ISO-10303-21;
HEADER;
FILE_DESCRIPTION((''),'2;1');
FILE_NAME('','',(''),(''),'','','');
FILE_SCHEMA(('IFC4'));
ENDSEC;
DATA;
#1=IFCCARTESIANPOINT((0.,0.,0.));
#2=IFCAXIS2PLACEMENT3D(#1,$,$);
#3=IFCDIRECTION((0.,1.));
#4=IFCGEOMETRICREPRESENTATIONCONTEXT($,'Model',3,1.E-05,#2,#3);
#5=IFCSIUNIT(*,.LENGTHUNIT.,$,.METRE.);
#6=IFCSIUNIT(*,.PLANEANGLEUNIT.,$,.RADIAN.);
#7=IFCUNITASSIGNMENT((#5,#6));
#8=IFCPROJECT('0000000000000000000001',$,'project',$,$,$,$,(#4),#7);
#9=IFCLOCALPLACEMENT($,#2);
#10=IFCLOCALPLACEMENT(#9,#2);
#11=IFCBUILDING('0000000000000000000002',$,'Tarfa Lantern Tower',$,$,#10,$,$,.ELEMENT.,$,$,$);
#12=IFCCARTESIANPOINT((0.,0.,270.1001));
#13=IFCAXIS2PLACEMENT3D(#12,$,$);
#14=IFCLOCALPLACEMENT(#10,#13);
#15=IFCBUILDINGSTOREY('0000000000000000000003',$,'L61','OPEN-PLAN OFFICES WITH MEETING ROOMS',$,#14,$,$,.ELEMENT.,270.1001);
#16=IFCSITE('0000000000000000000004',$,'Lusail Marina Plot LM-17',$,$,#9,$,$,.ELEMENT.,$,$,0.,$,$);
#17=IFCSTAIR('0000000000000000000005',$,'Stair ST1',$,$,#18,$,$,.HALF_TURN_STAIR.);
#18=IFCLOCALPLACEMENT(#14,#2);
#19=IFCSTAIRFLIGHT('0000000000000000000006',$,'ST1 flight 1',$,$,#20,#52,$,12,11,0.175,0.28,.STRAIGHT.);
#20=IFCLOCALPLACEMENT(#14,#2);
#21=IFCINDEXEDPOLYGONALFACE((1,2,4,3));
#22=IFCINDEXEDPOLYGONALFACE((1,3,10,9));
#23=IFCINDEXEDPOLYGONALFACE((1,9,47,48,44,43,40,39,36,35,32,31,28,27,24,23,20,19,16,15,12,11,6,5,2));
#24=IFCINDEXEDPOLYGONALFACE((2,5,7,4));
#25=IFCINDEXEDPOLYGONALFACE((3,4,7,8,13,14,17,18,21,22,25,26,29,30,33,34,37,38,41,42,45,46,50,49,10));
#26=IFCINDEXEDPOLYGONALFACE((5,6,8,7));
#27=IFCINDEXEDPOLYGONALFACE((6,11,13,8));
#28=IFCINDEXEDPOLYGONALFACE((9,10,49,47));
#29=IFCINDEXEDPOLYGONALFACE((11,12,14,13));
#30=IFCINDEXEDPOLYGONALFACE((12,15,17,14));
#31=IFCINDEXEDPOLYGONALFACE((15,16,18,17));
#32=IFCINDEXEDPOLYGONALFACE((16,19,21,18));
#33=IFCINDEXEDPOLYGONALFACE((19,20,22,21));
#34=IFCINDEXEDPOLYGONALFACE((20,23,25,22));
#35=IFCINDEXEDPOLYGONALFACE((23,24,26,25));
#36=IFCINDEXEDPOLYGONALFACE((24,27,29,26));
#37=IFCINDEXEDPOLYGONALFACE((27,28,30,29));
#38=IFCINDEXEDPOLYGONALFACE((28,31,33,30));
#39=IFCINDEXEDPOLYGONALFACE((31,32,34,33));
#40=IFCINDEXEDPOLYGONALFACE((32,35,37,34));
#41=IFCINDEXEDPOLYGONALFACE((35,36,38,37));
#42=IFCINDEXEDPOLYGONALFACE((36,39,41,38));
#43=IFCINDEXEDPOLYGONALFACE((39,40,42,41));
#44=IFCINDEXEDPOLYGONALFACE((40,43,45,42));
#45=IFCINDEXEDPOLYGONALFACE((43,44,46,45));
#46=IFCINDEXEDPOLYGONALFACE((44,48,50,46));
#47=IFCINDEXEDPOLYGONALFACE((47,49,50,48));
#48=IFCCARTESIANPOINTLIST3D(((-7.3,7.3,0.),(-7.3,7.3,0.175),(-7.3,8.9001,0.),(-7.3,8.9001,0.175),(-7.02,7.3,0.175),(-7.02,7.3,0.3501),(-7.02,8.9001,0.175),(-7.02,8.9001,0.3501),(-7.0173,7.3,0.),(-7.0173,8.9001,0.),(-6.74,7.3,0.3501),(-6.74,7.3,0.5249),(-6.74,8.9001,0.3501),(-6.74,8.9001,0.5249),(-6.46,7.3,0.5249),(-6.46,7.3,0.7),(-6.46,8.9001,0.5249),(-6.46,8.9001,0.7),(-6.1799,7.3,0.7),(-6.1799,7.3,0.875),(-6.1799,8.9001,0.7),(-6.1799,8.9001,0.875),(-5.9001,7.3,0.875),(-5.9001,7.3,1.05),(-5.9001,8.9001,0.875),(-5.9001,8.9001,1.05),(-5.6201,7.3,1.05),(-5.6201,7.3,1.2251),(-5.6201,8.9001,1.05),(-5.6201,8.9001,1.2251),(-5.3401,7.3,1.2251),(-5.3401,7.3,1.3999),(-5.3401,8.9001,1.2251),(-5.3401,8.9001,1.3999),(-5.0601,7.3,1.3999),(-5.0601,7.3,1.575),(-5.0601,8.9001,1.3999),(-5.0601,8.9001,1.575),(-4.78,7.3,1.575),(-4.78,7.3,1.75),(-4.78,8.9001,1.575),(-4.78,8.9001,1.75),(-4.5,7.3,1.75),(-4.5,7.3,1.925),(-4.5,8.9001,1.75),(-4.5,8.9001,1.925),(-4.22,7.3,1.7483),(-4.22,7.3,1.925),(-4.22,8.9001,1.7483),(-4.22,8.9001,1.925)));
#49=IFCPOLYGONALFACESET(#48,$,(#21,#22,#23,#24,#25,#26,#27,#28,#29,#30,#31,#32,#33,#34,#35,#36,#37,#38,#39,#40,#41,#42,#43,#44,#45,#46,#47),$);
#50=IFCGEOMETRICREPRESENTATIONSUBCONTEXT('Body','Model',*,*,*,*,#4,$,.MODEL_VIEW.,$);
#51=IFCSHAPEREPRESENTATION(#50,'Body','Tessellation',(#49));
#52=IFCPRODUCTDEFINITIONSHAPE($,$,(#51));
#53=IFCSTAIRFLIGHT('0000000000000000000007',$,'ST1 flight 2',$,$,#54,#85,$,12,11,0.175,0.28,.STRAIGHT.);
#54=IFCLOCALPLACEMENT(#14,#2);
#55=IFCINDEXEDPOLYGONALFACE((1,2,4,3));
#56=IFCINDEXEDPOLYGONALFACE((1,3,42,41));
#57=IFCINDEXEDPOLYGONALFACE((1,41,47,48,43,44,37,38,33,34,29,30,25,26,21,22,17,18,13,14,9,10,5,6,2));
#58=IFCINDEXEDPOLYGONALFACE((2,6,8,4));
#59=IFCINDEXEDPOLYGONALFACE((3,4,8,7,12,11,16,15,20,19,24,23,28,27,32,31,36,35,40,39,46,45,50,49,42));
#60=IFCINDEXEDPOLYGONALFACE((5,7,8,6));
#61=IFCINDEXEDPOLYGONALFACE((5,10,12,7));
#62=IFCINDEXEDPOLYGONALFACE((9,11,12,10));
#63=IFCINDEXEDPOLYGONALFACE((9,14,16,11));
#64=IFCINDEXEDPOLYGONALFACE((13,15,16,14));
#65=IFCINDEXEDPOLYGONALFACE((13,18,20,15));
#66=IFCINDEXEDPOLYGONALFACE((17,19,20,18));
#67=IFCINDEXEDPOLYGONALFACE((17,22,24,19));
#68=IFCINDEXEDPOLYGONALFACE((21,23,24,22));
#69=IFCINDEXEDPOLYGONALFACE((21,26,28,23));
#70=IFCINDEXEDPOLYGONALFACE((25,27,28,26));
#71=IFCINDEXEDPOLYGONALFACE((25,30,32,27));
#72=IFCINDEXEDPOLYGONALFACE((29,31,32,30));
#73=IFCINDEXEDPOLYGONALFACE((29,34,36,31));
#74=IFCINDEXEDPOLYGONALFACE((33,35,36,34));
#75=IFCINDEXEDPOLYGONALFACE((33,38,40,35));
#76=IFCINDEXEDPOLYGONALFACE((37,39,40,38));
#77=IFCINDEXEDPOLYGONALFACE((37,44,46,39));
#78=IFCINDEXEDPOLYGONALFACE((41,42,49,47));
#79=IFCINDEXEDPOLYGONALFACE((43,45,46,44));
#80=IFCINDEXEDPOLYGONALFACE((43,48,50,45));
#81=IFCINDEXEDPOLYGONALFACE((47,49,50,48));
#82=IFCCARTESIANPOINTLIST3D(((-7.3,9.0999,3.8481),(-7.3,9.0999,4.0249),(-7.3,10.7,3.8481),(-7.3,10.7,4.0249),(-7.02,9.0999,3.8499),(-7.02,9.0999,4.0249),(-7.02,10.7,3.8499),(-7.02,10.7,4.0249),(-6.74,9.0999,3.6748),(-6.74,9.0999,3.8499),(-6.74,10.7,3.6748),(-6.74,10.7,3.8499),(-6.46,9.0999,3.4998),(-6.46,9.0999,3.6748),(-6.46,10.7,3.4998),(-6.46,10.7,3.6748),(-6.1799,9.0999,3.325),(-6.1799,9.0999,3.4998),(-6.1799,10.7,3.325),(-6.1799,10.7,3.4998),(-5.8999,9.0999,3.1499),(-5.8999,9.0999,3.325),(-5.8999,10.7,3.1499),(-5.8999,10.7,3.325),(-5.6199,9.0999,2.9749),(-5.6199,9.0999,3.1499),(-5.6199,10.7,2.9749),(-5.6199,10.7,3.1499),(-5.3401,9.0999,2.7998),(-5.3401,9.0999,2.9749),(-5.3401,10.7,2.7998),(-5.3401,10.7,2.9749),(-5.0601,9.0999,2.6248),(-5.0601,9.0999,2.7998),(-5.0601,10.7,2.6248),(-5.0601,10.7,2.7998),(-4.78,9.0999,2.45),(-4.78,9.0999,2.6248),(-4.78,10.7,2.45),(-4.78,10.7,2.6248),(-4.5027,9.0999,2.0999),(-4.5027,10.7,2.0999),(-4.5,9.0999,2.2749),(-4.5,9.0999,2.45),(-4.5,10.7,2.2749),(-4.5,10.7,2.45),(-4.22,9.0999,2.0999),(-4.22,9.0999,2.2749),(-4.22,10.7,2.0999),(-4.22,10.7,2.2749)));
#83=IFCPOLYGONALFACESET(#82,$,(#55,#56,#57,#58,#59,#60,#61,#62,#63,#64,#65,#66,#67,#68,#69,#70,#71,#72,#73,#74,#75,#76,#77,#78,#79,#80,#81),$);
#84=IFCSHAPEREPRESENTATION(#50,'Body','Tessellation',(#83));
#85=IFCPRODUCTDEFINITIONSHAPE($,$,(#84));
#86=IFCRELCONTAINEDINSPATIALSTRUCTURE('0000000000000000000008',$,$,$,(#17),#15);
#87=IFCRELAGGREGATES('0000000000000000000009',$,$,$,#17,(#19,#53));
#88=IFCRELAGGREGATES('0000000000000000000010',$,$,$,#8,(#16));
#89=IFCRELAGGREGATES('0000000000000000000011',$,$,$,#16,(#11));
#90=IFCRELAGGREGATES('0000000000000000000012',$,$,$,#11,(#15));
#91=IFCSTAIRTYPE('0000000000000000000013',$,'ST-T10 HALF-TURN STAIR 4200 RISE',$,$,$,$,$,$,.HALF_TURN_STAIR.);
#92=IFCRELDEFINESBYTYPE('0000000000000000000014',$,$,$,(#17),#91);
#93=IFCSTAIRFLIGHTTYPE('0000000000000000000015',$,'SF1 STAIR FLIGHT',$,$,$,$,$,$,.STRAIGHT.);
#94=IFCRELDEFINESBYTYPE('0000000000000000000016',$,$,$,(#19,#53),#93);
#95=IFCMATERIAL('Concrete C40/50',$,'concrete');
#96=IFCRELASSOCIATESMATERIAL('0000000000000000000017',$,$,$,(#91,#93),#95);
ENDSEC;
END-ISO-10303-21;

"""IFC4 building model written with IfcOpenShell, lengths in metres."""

from ifc_helpers import new_model, si_unit, direction, frame, origin, place, context, subcontext, project, spatial, polyline, outline, extrude, material, type_object, element, aggregate, save


model = new_model("IFC4")

# Units and contexts
model_context = context("Model", 3, precision=1e-05, world=origin(), true_north=direction((0.0, 1.0)))
body_context = subcontext(model_context, "Body", "Model", "MODEL_VIEW")
ifc_project = project(units=[si_unit("LENGTHUNIT", "METRE"), si_unit("PLANEANGLEUNIT", "RADIAN")], contexts=[model_context])

# Site, building, storey
site_placement = place(None, origin())
site = spatial("IfcSite", under=ifc_project, at=site_placement, Name="Lusail Marina Plot LM-17", CompositionType="ELEMENT", RefElevation=0.0)
building_placement = place(site_placement, origin())
building = spatial("IfcBuilding", under=site, at=building_placement, Name="Tarfa Lantern Tower", CompositionType="ELEMENT")
storey_placement = place(building_placement, frame((0.0, 0.0, 270.1001)))
storey = spatial("IfcBuildingStorey", under=building, at=storey_placement, Name="L61", Description="OPEN-PLAN OFFICES WITH MEETING ROOMS", CompositionType="ELEMENT", Elevation=270.1001)

# Stair, stair flights
ifc_material_1 = material(Name="Concrete C40/50", Category="concrete")
stair_type = type_object("IfcStairType", Name="ST-T10 HALF-TURN STAIR 4200 RISE", PredefinedType="HALF_TURN_STAIR", material=ifc_material_1)
stair_placement = place(storey_placement, origin())
stair = element("IfcStair", 1, at=stair_placement, inside=storey, type_object=stair_type, Name="Stair ST1", PredefinedType="HALF_TURN_STAIR")
stair_flight_type = type_object("IfcStairFlightType", Name="SF1 STAIR FLIGHT", PredefinedType="STRAIGHT", material=ifc_material_1)
stair_flight_1_placement = place(storey_placement, frame((-7.3, 8.1001, 0.0), z_axis=(0.0, 0.0, 1.0), x_axis=(1.0, 0.0, 0.0)))
stair_flight_1 = element("IfcStairFlight", 2, at=stair_flight_1_placement, type_object=stair_flight_type, Name="ST1 flight 1", NumberOfRisers=12, NumberOfTreads=11, PredefinedType="STRAIGHT", RiserHeight=0.175, TreadLength=0.28, context=body_context, shape_type="SweptSolid", body=[
    extrude(outline(polyline([(0.0, 0.0), (0.0, 0.175), (0.28, 0.175), (0.28, 0.3501), (0.5601, 0.3501), (0.5601, 0.5249), (0.8401, 0.5249), (0.8401, 0.7), (1.1201, 0.7), (1.1201, 0.875), (1.3999, 0.875), (1.3999, 1.05), (1.6799, 1.05), (1.6799, 1.2251), (1.96, 1.2251), (1.96, 1.3999), (2.24, 1.3999), (2.24, 1.575), (2.52, 1.575), (2.52, 1.75), (2.8, 1.75), (2.8, 1.925), (3.0801, 1.925), (3.0801, 2.1001), (3.0801, 1.7483), (0.2827, 0.0), (0.0, 0.0)])), frame((0.0, 0.8, 0.0), z_axis=(0.0, -1.0, 0.0), x_axis=(1.0, 0.0, 0.0)), (0.0, 0.0, 1.0), 1.6001),
])
stair_flight_2_placement = place(storey_placement, frame((-4.22, 9.8999, 2.0999), z_axis=(0.0, 0.0, 1.0), x_axis=(-1.0, 0.0, 0.0)))
stair_flight_2 = element("IfcStairFlight", 3, at=stair_flight_2_placement, type_object=stair_flight_type, Name="ST1 flight 2", NumberOfRisers=12, NumberOfTreads=11, PredefinedType="STRAIGHT", RiserHeight=0.175, TreadLength=0.28, context=body_context, shape_type="SweptSolid", body=[
    extrude(outline(polyline([(0.0, 0.0), (0.0, 0.175), (0.28, 0.175), (0.28, 0.3501), (0.5601, 0.3501), (0.5601, 0.5249), (0.8401, 0.5249), (0.8401, 0.7), (1.1201, 0.7), (1.1201, 0.875), (1.3999, 0.875), (1.3999, 1.05), (1.6799, 1.05), (1.6799, 1.2251), (1.96, 1.2251), (1.96, 1.3999), (2.24, 1.3999), (2.24, 1.575), (2.52, 1.575), (2.52, 1.75), (2.8, 1.75), (2.8, 1.925), (3.0801, 1.925), (3.0801, 2.1001), (3.0801, 1.7483), (0.2827, 0.0), (0.0, 0.0)])), frame((0.0, 0.8, 0.0), z_axis=(0.0, -1.0, 0.0), x_axis=(1.0, 0.0, 0.0)), (0.0, 0.0, 1.0), 1.6001),
])
aggregate(stair, [stair_flight_1, stair_flight_2])

save(model, "model.ifc")
